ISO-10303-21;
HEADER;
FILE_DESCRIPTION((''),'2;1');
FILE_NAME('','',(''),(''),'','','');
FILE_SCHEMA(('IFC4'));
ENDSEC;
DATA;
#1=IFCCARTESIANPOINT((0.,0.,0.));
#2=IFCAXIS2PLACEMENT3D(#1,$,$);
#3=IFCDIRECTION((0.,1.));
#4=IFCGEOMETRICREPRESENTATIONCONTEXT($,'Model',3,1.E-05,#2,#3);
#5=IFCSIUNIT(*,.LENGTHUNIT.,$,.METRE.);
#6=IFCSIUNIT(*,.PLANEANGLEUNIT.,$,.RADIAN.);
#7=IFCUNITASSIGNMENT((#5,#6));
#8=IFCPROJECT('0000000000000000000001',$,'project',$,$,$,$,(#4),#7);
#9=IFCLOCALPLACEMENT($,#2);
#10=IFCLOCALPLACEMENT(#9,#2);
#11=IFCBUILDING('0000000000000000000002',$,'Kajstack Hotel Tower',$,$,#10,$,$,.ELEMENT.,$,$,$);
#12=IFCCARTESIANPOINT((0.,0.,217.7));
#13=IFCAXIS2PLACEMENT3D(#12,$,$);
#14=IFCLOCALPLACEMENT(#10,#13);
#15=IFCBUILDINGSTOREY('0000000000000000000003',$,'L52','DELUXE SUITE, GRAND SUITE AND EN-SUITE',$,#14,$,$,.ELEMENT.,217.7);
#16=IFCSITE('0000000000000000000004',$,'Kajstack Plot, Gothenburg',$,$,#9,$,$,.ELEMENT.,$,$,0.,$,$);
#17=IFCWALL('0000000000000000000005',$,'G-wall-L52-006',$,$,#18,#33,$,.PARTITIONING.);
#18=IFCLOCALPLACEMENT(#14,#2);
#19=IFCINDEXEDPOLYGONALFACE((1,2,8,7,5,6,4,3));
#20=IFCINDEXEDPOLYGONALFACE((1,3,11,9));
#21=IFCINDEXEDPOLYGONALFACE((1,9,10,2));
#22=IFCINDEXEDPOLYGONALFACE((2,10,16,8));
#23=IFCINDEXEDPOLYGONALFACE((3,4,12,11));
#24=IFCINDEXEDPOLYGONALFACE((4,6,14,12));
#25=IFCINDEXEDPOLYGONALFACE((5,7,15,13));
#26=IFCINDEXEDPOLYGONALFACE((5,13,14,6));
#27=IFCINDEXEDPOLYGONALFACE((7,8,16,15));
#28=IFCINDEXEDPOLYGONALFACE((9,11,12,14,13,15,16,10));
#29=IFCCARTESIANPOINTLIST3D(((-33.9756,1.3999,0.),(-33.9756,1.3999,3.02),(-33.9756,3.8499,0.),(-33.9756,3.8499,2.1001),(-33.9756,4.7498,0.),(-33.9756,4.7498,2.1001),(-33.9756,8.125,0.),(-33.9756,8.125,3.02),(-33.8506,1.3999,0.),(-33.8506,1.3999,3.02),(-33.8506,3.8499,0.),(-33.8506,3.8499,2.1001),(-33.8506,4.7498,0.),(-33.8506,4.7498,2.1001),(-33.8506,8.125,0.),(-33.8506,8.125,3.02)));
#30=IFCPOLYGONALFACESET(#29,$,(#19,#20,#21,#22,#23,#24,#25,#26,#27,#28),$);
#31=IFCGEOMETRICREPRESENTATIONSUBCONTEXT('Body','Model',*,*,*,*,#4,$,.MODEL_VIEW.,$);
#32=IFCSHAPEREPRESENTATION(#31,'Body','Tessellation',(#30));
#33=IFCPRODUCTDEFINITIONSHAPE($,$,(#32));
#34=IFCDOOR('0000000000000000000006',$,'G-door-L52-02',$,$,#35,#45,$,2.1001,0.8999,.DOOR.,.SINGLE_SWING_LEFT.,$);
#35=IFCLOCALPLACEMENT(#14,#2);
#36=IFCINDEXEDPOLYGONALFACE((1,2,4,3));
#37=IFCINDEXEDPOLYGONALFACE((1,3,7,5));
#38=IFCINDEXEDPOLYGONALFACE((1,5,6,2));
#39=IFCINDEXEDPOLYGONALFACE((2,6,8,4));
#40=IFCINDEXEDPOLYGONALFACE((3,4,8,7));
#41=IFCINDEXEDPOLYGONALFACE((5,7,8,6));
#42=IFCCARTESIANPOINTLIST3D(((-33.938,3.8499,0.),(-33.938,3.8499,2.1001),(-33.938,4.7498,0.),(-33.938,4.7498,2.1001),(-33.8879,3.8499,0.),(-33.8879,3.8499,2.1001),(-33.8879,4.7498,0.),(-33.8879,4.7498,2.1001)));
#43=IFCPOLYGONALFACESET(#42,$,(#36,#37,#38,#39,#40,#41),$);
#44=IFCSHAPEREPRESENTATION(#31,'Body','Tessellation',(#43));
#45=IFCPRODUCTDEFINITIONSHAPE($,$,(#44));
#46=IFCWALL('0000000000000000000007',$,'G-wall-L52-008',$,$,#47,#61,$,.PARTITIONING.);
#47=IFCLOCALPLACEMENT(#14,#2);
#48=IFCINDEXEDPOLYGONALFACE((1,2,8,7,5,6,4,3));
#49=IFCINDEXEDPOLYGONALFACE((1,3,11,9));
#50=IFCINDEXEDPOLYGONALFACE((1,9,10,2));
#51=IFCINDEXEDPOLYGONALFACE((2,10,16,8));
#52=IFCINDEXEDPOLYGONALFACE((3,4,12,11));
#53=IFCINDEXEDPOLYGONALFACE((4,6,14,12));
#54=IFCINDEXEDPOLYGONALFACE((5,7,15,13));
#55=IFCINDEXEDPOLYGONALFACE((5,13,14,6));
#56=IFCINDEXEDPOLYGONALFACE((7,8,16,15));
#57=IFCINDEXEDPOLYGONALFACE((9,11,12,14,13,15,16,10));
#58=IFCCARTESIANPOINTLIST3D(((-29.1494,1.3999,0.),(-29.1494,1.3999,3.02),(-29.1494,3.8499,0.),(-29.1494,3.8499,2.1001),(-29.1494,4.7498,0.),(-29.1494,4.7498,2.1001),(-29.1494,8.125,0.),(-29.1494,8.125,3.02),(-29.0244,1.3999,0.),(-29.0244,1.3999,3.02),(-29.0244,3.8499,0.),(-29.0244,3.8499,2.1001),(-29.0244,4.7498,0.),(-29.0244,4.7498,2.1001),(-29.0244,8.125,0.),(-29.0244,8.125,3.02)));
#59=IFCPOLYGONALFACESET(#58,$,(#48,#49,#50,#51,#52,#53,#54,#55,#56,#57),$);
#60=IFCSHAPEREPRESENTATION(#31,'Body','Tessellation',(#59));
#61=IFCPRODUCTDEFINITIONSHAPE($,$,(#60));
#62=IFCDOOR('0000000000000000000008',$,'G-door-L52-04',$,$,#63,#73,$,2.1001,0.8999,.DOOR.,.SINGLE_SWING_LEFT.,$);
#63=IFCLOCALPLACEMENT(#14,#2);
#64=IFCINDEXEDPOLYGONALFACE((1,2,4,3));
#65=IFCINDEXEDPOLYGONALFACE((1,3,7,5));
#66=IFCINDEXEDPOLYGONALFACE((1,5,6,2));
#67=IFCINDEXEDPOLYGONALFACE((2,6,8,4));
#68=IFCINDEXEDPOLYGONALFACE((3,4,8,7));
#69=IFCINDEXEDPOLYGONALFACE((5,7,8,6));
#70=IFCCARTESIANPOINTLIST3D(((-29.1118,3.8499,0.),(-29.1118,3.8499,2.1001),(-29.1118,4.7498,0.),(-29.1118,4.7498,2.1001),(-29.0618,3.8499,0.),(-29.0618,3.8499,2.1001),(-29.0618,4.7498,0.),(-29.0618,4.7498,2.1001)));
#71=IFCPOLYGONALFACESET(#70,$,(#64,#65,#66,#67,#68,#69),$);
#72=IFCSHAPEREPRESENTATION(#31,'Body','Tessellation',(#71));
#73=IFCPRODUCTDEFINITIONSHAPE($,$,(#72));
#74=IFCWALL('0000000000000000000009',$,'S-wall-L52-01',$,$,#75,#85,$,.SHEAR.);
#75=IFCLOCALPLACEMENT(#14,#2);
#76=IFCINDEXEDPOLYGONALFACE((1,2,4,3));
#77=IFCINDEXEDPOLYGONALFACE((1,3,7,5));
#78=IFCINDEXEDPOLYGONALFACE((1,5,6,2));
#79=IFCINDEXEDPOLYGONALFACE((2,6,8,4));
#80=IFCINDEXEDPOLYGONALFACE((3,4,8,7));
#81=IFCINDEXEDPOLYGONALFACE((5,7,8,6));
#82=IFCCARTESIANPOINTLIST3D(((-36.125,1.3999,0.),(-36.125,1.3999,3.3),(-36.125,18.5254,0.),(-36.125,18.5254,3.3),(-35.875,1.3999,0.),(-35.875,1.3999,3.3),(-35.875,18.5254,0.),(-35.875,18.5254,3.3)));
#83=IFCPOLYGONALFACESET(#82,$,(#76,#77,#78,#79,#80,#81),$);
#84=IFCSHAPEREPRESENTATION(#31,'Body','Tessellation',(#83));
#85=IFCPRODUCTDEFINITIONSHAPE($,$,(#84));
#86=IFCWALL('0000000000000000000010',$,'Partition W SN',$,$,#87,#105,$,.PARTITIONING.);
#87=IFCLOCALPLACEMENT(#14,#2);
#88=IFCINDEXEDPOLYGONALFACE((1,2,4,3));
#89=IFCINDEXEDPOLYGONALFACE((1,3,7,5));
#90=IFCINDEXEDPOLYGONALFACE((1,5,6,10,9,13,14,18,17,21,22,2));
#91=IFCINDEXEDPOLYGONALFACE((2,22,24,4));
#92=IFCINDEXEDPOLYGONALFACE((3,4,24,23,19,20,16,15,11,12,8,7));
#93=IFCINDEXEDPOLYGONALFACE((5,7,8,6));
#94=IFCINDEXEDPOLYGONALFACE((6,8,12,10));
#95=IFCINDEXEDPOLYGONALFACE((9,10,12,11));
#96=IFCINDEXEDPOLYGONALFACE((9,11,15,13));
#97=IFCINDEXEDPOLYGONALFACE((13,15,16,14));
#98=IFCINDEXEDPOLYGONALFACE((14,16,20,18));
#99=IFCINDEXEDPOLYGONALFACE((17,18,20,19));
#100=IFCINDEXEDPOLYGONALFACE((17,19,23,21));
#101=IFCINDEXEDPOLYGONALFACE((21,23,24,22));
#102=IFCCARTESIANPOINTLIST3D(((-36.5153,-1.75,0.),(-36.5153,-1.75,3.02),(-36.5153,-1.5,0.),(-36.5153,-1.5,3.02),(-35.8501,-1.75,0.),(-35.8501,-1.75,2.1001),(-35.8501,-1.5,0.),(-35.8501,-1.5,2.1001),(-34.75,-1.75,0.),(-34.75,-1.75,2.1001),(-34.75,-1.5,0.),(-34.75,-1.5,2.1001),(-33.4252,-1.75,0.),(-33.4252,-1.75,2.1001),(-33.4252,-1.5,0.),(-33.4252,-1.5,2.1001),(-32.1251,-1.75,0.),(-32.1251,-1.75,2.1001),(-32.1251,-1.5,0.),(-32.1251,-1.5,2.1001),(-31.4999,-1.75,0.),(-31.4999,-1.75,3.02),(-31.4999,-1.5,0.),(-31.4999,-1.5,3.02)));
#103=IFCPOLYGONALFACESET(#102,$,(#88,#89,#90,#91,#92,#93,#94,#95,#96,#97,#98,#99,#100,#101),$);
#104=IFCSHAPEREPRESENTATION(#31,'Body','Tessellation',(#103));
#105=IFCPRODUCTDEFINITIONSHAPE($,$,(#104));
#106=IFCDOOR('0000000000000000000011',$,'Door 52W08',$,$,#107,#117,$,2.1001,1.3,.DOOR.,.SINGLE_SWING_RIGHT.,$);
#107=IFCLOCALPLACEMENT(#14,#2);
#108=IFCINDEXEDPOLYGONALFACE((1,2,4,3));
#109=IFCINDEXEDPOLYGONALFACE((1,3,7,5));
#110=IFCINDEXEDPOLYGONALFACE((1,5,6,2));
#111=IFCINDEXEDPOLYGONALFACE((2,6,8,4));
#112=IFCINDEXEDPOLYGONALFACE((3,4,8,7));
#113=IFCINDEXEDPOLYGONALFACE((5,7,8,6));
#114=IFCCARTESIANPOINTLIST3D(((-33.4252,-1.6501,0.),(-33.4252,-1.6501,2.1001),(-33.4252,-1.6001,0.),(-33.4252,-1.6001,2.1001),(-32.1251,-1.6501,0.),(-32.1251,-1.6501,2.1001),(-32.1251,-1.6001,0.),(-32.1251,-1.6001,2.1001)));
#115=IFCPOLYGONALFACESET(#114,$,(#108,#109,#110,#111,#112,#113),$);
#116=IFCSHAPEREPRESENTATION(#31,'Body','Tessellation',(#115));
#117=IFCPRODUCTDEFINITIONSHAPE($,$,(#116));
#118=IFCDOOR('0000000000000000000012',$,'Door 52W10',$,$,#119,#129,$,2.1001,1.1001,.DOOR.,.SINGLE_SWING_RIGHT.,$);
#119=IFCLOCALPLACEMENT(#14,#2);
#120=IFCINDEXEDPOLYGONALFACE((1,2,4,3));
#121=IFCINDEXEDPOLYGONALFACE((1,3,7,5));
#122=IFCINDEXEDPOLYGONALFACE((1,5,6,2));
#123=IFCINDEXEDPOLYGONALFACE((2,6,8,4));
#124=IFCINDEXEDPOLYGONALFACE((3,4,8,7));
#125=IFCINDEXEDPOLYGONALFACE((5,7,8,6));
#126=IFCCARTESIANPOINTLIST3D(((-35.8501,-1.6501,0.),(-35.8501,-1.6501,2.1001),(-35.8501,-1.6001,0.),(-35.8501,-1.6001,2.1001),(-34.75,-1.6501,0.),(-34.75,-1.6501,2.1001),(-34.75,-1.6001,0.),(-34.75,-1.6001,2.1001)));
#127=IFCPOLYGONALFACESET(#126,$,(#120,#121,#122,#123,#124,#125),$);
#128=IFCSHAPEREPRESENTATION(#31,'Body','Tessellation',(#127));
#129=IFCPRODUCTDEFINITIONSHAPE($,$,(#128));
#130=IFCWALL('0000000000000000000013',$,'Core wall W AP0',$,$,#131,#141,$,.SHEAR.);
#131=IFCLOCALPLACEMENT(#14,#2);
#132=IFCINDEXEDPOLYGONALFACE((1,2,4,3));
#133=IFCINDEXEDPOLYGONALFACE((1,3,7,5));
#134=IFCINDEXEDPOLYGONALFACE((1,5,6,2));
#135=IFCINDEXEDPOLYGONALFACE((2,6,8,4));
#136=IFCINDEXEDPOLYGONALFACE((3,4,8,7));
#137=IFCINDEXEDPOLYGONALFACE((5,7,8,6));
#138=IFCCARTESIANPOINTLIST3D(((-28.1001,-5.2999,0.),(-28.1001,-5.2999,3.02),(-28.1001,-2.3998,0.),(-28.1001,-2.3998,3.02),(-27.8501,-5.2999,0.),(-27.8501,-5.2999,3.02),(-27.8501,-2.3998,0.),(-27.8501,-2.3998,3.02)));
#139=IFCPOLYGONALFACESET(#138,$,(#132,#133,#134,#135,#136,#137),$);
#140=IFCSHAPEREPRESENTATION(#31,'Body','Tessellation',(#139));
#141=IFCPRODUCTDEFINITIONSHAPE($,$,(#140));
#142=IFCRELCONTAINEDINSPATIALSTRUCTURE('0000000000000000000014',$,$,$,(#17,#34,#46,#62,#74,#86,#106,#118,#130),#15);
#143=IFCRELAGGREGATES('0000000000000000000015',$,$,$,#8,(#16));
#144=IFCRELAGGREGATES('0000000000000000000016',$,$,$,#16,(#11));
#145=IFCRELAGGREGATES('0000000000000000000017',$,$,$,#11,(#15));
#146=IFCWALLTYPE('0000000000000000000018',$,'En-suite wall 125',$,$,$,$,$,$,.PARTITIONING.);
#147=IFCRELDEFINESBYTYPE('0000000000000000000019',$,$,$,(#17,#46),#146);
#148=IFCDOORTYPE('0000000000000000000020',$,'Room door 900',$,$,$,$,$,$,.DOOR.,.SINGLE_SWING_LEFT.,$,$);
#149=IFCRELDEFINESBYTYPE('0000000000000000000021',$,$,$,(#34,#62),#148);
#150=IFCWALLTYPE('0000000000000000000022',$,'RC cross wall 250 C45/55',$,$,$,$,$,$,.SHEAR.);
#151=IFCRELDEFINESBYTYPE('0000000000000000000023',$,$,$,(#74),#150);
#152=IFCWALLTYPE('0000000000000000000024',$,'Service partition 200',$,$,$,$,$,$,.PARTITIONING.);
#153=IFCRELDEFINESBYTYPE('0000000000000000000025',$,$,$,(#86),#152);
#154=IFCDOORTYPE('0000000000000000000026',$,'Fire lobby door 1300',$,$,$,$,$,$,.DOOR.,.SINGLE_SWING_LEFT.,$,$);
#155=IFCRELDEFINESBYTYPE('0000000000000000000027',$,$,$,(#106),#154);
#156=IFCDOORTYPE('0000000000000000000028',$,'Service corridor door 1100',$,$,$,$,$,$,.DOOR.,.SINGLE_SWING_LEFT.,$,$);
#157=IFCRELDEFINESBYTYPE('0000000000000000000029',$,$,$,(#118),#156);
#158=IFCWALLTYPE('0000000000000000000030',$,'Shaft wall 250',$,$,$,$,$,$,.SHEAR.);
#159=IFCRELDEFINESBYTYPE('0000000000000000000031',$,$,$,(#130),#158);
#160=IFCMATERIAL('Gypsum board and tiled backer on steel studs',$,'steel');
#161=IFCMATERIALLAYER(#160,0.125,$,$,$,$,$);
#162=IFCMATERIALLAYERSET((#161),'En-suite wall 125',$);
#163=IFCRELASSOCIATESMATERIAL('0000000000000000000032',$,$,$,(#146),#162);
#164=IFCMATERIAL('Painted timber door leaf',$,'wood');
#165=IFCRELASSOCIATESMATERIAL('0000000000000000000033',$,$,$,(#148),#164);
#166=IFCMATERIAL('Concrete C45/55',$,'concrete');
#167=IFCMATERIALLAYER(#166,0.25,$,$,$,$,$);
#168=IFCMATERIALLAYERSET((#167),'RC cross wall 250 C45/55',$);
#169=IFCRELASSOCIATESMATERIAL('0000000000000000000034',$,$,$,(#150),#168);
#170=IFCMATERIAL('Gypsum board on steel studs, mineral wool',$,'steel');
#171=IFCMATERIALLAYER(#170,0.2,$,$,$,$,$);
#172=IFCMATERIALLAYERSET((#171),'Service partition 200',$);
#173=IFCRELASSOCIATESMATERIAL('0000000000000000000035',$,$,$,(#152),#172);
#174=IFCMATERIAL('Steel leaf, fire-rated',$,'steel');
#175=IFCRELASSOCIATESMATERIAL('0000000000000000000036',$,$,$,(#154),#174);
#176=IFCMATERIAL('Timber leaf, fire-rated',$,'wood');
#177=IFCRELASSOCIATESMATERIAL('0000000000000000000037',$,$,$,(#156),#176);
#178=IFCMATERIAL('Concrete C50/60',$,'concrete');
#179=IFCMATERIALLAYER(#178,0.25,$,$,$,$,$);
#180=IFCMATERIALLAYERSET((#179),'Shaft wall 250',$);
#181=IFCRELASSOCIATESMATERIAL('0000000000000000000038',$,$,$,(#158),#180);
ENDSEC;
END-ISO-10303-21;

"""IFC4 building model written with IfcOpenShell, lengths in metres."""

from ifc_helpers import new_model, si_unit, direction, frame, frame_2d, origin, place, context, subcontext, project, spatial, rectangle, extrude, material, layer, layer_set, type_object, element, fill, save


model = new_model("IFC4")

# Units and contexts
model_context = context("Model", 3, precision=1e-05, world=origin(), true_north=direction((0.0, 1.0)))
body_context = subcontext(model_context, "Body", "Model", "MODEL_VIEW")
ifc_project = project(units=[si_unit("LENGTHUNIT", "METRE"), si_unit("PLANEANGLEUNIT", "RADIAN")], contexts=[model_context])

# Site, building, storey
site_placement = place(None, origin())
site = spatial("IfcSite", under=ifc_project, at=site_placement, Name="Kajstack Plot, Gothenburg", CompositionType="ELEMENT", RefElevation=0.0)
building_placement = place(site_placement, origin())
building = spatial("IfcBuilding", under=site, at=building_placement, Name="Kajstack Hotel Tower", CompositionType="ELEMENT")
storey_placement = place(building_placement, frame((0.0, 0.0, 217.7)))
storey = spatial("IfcBuildingStorey", under=building, at=storey_placement, Name="L52", Description="DELUXE SUITE, GRAND SUITE AND EN-SUITE", CompositionType="ELEMENT", Elevation=217.7)

# Shared definitions
ifc_material_1 = material(Name="Gypsum board on steel studs, mineral wool", Category="steel")

# Walls, openings, doors
ifc_material_2 = material(Name="Gypsum board and tiled backer on steel studs", Category="steel")
ifc_layer_1 = layer(ifc_material_2, 0.125)
ifc_layer_set_1 = layer_set([ifc_layer_1], Name="En-suite wall 125")
wall_type_1 = type_object("IfcWallType", Name="En-suite wall 125", PredefinedType="PARTITIONING", material=ifc_layer_set_1)
wall_1_placement = place(storey_placement, frame((-33.9131, 1.3999, 0.0), z_axis=(0.0, 0.0, 1.0), x_axis=(0.0, 1.0, 0.0)))
wall_1 = element("IfcWall", 1, at=wall_1_placement, inside=storey, type_object=wall_type_1, Name="G-wall-L52-006", PredefinedType="PARTITIONING", context=body_context, shape_type="SweptSolid", body=[
    extrude(rectangle(XDim=6.7251, YDim=0.125, at=frame_2d((3.3625, 0.0))), origin(), (0.0, 0.0, 1.0), 3.02),
])
opening_1_placement = place(wall_1_placement, frame((2.45, 0.0, 0.0)))
opening_1 = element("IfcOpeningElement", 2, at=opening_1_placement, cuts=wall_1, PredefinedType="OPENING", context=body_context, shape_type="SweptSolid", body=[
    extrude(rectangle(XDim=0.8999, YDim=2.1001, at=frame_2d((0.45, 1.05))), frame((0.0, 0.0725, 0.0), z_axis=(0.0, -1.0, 0.0), x_axis=(1.0, 0.0, 0.0)), (0.0, 0.0, 1.0), 0.145),
])
ifc_material_3 = material(Name="Painted timber door leaf", Category="wood")
door_type_1 = type_object("IfcDoorType", Name="Room door 900", OperationType="SINGLE_SWING_LEFT", PredefinedType="DOOR", material=ifc_material_3)
door_1_placement = place(opening_1_placement, origin())
door_1 = element("IfcDoor", 3, at=door_1_placement, inside=storey, type_object=door_type_1, Name="G-door-L52-02", OperationType="SINGLE_SWING_LEFT", OverallHeight=2.1001, OverallWidth=0.8999, PredefinedType="DOOR", context=body_context, shape_type="SweptSolid", body=[
    extrude(rectangle(XDim=0.8999, YDim=2.1001, at=frame_2d((0.45, 1.05))), frame((0.0, 0.0249, 0.0), z_axis=(0.0, -1.0, 0.0), x_axis=(1.0, 0.0, 0.0)), (0.0, 0.0, 1.0), 0.05),
])
fill(opening_1, door_1)
wall_2_placement = place(storey_placement, frame((-29.0869, 1.3999, 0.0), z_axis=(0.0, 0.0, 1.0), x_axis=(0.0, 1.0, 0.0)))
wall_2 = element("IfcWall", 4, at=wall_2_placement, inside=storey, type_object=wall_type_1, Name="G-wall-L52-008", PredefinedType="PARTITIONING", context=body_context, shape_type="SweptSolid", body=[
    extrude(rectangle(XDim=6.7251, YDim=0.125, at=frame_2d((3.3625, 0.0))), origin(), (0.0, 0.0, 1.0), 3.02),
])
opening_2_placement = place(wall_2_placement, frame((2.45, 0.0, 0.0)))
opening_2 = element("IfcOpeningElement", 5, at=opening_2_placement, cuts=wall_2, PredefinedType="OPENING", context=body_context, shape_type="SweptSolid", body=[
    extrude(rectangle(XDim=0.8999, YDim=2.1001, at=frame_2d((0.45, 1.05))), frame((0.0, 0.0725, 0.0), z_axis=(0.0, -1.0, 0.0), x_axis=(1.0, 0.0, 0.0)), (0.0, 0.0, 1.0), 0.145),
])
door_2_placement = place(opening_2_placement, origin())
door_2 = element("IfcDoor", 6, at=door_2_placement, inside=storey, type_object=door_type_1, Name="G-door-L52-04", OperationType="SINGLE_SWING_LEFT", OverallHeight=2.1001, OverallWidth=0.8999, PredefinedType="DOOR", context=body_context, shape_type="SweptSolid", body=[
    extrude(rectangle(XDim=0.8999, YDim=2.1001, at=frame_2d((0.45, 1.05))), frame((0.0, 0.0249, 0.0), z_axis=(0.0, -1.0, 0.0), x_axis=(1.0, 0.0, 0.0)), (0.0, 0.0, 1.0), 0.05),
])
fill(opening_2, door_2)

# Wall
ifc_material_4 = material(Name="Concrete C45/55", Category="concrete")
ifc_layer_2 = layer(ifc_material_4, 0.25)
ifc_layer_set_2 = layer_set([ifc_layer_2], Name="RC cross wall 250 C45/55")
wall_type_2 = type_object("IfcWallType", Name="RC cross wall 250 C45/55", PredefinedType="SHEAR", material=ifc_layer_set_2)
wall_3_placement = place(storey_placement, frame((-36.0, 1.3999, 0.0), z_axis=(0.0, 0.0, 1.0), x_axis=(0.0, 1.0, 0.0)))
element("IfcWall", 7, at=wall_3_placement, inside=storey, type_object=wall_type_2, Name="S-wall-L52-01", PredefinedType="SHEAR", context=body_context, shape_type="SweptSolid", body=[
    extrude(rectangle(XDim=17.1255, YDim=0.25, at=frame_2d((8.5627, 0.0))), origin(), (0.0, 0.0, 1.0), 3.3),
])

# Wall, openings, doors
ifc_layer_3 = layer(ifc_material_1, 0.2)
ifc_layer_set_3 = layer_set([ifc_layer_3], Name="Service partition 200")
wall_type_3 = type_object("IfcWallType", Name="Service partition 200", PredefinedType="PARTITIONING", material=ifc_layer_set_3)
wall_4_placement = place(storey_placement, frame((-36.5154, -1.625, 0.0), z_axis=(0.0, 0.0, 1.0), x_axis=(1.0, 0.0, 0.0)))
wall_4 = element("IfcWall", 8, at=wall_4_placement, inside=storey, type_object=wall_type_3, Name="Partition W SN", PredefinedType="PARTITIONING", context=body_context, shape_type="SweptSolid", body=[
    extrude(rectangle(XDim=5.0154, YDim=0.25, at=frame_2d((2.5078, 0.0))), origin(), (0.0, 0.0, 1.0), 3.02),
])
opening_3_placement = place(wall_4_placement, frame((3.0903, 0.0, 0.0)))
opening_3 = element("IfcOpeningElement", 9, at=opening_3_placement, cuts=wall_4, PredefinedType="OPENING", context=body_context, shape_type="SweptSolid", body=[
    extrude(rectangle(XDim=1.3, YDim=2.1001, at=frame_2d((0.6499, 1.05))), frame((0.0, 0.135, 0.0), z_axis=(0.0, -1.0, 0.0), x_axis=(1.0, 0.0, 0.0)), (0.0, 0.0, 1.0), 0.27),
])
opening_4_placement = place(wall_4_placement, frame((0.6653, 0.0, 0.0)))
opening_4 = element("IfcOpeningElement", 10, at=opening_4_placement, cuts=wall_4, PredefinedType="OPENING", context=body_context, shape_type="SweptSolid", body=[
    extrude(rectangle(XDim=1.1001, YDim=2.1001, at=frame_2d((0.55, 1.05))), frame((0.0, 0.135, 0.0), z_axis=(0.0, -1.0, 0.0), x_axis=(1.0, 0.0, 0.0)), (0.0, 0.0, 1.0), 0.27),
])
ifc_material_5 = material(Name="Steel leaf, fire-rated", Category="steel")
door_type_2 = type_object("IfcDoorType", Name="Fire lobby door 1300", OperationType="SINGLE_SWING_LEFT", PredefinedType="DOOR", material=ifc_material_5)
door_3_placement = place(opening_3_placement, origin())
door_3 = element("IfcDoor", 11, at=door_3_placement, inside=storey, type_object=door_type_2, Name="Door 52W08", OperationType="SINGLE_SWING_RIGHT", OverallHeight=2.1001, OverallWidth=1.3, PredefinedType="DOOR", context=body_context, shape_type="SweptSolid", body=[
    extrude(rectangle(XDim=1.3, YDim=2.1001, at=frame_2d((0.6499, 1.05))), frame((0.0, 0.0249, 0.0), z_axis=(0.0, -1.0, 0.0), x_axis=(1.0, 0.0, 0.0)), (0.0, 0.0, 1.0), 0.05),
])
fill(opening_3, door_3)
ifc_material_6 = material(Name="Timber leaf, fire-rated", Category="wood")
door_type_3 = type_object("IfcDoorType", Name="Service corridor door 1100", OperationType="SINGLE_SWING_LEFT", PredefinedType="DOOR", material=ifc_material_6)
door_4_placement = place(opening_4_placement, origin())
door_4 = element("IfcDoor", 12, at=door_4_placement, inside=storey, type_object=door_type_3, Name="Door 52W10", OperationType="SINGLE_SWING_RIGHT", OverallHeight=2.1001, OverallWidth=1.1001, PredefinedType="DOOR", context=body_context, shape_type="SweptSolid", body=[
    extrude(rectangle(XDim=1.1001, YDim=2.1001, at=frame_2d((0.55, 1.05))), frame((0.0, 0.0249, 0.0), z_axis=(0.0, -1.0, 0.0), x_axis=(1.0, 0.0, 0.0)), (0.0, 0.0, 1.0), 0.05),
])
fill(opening_4, door_4)

# Wall
ifc_material_7 = material(Name="Concrete C50/60", Category="concrete")
ifc_layer_4 = layer(ifc_material_7, 0.25)
ifc_layer_set_4 = layer_set([ifc_layer_4], Name="Shaft wall 250")
wall_type_4 = type_object("IfcWallType", Name="Shaft wall 250", PredefinedType="SHEAR", material=ifc_layer_set_4)
wall_5_placement = place(storey_placement, frame((-27.9751, -5.3, 0.0), z_axis=(0.0, 0.0, 1.0), x_axis=(0.0, 1.0, 0.0)))
element("IfcWall", 13, at=wall_5_placement, inside=storey, type_object=wall_type_4, Name="Core wall W AP0", PredefinedType="SHEAR", context=body_context, shape_type="SweptSolid", body=[
    extrude(rectangle(XDim=2.9001, YDim=0.25, at=frame_2d((1.4502, 0.0))), origin(), (0.0, 0.0, 1.0), 3.02),
])

save(model, "model.ifc")
